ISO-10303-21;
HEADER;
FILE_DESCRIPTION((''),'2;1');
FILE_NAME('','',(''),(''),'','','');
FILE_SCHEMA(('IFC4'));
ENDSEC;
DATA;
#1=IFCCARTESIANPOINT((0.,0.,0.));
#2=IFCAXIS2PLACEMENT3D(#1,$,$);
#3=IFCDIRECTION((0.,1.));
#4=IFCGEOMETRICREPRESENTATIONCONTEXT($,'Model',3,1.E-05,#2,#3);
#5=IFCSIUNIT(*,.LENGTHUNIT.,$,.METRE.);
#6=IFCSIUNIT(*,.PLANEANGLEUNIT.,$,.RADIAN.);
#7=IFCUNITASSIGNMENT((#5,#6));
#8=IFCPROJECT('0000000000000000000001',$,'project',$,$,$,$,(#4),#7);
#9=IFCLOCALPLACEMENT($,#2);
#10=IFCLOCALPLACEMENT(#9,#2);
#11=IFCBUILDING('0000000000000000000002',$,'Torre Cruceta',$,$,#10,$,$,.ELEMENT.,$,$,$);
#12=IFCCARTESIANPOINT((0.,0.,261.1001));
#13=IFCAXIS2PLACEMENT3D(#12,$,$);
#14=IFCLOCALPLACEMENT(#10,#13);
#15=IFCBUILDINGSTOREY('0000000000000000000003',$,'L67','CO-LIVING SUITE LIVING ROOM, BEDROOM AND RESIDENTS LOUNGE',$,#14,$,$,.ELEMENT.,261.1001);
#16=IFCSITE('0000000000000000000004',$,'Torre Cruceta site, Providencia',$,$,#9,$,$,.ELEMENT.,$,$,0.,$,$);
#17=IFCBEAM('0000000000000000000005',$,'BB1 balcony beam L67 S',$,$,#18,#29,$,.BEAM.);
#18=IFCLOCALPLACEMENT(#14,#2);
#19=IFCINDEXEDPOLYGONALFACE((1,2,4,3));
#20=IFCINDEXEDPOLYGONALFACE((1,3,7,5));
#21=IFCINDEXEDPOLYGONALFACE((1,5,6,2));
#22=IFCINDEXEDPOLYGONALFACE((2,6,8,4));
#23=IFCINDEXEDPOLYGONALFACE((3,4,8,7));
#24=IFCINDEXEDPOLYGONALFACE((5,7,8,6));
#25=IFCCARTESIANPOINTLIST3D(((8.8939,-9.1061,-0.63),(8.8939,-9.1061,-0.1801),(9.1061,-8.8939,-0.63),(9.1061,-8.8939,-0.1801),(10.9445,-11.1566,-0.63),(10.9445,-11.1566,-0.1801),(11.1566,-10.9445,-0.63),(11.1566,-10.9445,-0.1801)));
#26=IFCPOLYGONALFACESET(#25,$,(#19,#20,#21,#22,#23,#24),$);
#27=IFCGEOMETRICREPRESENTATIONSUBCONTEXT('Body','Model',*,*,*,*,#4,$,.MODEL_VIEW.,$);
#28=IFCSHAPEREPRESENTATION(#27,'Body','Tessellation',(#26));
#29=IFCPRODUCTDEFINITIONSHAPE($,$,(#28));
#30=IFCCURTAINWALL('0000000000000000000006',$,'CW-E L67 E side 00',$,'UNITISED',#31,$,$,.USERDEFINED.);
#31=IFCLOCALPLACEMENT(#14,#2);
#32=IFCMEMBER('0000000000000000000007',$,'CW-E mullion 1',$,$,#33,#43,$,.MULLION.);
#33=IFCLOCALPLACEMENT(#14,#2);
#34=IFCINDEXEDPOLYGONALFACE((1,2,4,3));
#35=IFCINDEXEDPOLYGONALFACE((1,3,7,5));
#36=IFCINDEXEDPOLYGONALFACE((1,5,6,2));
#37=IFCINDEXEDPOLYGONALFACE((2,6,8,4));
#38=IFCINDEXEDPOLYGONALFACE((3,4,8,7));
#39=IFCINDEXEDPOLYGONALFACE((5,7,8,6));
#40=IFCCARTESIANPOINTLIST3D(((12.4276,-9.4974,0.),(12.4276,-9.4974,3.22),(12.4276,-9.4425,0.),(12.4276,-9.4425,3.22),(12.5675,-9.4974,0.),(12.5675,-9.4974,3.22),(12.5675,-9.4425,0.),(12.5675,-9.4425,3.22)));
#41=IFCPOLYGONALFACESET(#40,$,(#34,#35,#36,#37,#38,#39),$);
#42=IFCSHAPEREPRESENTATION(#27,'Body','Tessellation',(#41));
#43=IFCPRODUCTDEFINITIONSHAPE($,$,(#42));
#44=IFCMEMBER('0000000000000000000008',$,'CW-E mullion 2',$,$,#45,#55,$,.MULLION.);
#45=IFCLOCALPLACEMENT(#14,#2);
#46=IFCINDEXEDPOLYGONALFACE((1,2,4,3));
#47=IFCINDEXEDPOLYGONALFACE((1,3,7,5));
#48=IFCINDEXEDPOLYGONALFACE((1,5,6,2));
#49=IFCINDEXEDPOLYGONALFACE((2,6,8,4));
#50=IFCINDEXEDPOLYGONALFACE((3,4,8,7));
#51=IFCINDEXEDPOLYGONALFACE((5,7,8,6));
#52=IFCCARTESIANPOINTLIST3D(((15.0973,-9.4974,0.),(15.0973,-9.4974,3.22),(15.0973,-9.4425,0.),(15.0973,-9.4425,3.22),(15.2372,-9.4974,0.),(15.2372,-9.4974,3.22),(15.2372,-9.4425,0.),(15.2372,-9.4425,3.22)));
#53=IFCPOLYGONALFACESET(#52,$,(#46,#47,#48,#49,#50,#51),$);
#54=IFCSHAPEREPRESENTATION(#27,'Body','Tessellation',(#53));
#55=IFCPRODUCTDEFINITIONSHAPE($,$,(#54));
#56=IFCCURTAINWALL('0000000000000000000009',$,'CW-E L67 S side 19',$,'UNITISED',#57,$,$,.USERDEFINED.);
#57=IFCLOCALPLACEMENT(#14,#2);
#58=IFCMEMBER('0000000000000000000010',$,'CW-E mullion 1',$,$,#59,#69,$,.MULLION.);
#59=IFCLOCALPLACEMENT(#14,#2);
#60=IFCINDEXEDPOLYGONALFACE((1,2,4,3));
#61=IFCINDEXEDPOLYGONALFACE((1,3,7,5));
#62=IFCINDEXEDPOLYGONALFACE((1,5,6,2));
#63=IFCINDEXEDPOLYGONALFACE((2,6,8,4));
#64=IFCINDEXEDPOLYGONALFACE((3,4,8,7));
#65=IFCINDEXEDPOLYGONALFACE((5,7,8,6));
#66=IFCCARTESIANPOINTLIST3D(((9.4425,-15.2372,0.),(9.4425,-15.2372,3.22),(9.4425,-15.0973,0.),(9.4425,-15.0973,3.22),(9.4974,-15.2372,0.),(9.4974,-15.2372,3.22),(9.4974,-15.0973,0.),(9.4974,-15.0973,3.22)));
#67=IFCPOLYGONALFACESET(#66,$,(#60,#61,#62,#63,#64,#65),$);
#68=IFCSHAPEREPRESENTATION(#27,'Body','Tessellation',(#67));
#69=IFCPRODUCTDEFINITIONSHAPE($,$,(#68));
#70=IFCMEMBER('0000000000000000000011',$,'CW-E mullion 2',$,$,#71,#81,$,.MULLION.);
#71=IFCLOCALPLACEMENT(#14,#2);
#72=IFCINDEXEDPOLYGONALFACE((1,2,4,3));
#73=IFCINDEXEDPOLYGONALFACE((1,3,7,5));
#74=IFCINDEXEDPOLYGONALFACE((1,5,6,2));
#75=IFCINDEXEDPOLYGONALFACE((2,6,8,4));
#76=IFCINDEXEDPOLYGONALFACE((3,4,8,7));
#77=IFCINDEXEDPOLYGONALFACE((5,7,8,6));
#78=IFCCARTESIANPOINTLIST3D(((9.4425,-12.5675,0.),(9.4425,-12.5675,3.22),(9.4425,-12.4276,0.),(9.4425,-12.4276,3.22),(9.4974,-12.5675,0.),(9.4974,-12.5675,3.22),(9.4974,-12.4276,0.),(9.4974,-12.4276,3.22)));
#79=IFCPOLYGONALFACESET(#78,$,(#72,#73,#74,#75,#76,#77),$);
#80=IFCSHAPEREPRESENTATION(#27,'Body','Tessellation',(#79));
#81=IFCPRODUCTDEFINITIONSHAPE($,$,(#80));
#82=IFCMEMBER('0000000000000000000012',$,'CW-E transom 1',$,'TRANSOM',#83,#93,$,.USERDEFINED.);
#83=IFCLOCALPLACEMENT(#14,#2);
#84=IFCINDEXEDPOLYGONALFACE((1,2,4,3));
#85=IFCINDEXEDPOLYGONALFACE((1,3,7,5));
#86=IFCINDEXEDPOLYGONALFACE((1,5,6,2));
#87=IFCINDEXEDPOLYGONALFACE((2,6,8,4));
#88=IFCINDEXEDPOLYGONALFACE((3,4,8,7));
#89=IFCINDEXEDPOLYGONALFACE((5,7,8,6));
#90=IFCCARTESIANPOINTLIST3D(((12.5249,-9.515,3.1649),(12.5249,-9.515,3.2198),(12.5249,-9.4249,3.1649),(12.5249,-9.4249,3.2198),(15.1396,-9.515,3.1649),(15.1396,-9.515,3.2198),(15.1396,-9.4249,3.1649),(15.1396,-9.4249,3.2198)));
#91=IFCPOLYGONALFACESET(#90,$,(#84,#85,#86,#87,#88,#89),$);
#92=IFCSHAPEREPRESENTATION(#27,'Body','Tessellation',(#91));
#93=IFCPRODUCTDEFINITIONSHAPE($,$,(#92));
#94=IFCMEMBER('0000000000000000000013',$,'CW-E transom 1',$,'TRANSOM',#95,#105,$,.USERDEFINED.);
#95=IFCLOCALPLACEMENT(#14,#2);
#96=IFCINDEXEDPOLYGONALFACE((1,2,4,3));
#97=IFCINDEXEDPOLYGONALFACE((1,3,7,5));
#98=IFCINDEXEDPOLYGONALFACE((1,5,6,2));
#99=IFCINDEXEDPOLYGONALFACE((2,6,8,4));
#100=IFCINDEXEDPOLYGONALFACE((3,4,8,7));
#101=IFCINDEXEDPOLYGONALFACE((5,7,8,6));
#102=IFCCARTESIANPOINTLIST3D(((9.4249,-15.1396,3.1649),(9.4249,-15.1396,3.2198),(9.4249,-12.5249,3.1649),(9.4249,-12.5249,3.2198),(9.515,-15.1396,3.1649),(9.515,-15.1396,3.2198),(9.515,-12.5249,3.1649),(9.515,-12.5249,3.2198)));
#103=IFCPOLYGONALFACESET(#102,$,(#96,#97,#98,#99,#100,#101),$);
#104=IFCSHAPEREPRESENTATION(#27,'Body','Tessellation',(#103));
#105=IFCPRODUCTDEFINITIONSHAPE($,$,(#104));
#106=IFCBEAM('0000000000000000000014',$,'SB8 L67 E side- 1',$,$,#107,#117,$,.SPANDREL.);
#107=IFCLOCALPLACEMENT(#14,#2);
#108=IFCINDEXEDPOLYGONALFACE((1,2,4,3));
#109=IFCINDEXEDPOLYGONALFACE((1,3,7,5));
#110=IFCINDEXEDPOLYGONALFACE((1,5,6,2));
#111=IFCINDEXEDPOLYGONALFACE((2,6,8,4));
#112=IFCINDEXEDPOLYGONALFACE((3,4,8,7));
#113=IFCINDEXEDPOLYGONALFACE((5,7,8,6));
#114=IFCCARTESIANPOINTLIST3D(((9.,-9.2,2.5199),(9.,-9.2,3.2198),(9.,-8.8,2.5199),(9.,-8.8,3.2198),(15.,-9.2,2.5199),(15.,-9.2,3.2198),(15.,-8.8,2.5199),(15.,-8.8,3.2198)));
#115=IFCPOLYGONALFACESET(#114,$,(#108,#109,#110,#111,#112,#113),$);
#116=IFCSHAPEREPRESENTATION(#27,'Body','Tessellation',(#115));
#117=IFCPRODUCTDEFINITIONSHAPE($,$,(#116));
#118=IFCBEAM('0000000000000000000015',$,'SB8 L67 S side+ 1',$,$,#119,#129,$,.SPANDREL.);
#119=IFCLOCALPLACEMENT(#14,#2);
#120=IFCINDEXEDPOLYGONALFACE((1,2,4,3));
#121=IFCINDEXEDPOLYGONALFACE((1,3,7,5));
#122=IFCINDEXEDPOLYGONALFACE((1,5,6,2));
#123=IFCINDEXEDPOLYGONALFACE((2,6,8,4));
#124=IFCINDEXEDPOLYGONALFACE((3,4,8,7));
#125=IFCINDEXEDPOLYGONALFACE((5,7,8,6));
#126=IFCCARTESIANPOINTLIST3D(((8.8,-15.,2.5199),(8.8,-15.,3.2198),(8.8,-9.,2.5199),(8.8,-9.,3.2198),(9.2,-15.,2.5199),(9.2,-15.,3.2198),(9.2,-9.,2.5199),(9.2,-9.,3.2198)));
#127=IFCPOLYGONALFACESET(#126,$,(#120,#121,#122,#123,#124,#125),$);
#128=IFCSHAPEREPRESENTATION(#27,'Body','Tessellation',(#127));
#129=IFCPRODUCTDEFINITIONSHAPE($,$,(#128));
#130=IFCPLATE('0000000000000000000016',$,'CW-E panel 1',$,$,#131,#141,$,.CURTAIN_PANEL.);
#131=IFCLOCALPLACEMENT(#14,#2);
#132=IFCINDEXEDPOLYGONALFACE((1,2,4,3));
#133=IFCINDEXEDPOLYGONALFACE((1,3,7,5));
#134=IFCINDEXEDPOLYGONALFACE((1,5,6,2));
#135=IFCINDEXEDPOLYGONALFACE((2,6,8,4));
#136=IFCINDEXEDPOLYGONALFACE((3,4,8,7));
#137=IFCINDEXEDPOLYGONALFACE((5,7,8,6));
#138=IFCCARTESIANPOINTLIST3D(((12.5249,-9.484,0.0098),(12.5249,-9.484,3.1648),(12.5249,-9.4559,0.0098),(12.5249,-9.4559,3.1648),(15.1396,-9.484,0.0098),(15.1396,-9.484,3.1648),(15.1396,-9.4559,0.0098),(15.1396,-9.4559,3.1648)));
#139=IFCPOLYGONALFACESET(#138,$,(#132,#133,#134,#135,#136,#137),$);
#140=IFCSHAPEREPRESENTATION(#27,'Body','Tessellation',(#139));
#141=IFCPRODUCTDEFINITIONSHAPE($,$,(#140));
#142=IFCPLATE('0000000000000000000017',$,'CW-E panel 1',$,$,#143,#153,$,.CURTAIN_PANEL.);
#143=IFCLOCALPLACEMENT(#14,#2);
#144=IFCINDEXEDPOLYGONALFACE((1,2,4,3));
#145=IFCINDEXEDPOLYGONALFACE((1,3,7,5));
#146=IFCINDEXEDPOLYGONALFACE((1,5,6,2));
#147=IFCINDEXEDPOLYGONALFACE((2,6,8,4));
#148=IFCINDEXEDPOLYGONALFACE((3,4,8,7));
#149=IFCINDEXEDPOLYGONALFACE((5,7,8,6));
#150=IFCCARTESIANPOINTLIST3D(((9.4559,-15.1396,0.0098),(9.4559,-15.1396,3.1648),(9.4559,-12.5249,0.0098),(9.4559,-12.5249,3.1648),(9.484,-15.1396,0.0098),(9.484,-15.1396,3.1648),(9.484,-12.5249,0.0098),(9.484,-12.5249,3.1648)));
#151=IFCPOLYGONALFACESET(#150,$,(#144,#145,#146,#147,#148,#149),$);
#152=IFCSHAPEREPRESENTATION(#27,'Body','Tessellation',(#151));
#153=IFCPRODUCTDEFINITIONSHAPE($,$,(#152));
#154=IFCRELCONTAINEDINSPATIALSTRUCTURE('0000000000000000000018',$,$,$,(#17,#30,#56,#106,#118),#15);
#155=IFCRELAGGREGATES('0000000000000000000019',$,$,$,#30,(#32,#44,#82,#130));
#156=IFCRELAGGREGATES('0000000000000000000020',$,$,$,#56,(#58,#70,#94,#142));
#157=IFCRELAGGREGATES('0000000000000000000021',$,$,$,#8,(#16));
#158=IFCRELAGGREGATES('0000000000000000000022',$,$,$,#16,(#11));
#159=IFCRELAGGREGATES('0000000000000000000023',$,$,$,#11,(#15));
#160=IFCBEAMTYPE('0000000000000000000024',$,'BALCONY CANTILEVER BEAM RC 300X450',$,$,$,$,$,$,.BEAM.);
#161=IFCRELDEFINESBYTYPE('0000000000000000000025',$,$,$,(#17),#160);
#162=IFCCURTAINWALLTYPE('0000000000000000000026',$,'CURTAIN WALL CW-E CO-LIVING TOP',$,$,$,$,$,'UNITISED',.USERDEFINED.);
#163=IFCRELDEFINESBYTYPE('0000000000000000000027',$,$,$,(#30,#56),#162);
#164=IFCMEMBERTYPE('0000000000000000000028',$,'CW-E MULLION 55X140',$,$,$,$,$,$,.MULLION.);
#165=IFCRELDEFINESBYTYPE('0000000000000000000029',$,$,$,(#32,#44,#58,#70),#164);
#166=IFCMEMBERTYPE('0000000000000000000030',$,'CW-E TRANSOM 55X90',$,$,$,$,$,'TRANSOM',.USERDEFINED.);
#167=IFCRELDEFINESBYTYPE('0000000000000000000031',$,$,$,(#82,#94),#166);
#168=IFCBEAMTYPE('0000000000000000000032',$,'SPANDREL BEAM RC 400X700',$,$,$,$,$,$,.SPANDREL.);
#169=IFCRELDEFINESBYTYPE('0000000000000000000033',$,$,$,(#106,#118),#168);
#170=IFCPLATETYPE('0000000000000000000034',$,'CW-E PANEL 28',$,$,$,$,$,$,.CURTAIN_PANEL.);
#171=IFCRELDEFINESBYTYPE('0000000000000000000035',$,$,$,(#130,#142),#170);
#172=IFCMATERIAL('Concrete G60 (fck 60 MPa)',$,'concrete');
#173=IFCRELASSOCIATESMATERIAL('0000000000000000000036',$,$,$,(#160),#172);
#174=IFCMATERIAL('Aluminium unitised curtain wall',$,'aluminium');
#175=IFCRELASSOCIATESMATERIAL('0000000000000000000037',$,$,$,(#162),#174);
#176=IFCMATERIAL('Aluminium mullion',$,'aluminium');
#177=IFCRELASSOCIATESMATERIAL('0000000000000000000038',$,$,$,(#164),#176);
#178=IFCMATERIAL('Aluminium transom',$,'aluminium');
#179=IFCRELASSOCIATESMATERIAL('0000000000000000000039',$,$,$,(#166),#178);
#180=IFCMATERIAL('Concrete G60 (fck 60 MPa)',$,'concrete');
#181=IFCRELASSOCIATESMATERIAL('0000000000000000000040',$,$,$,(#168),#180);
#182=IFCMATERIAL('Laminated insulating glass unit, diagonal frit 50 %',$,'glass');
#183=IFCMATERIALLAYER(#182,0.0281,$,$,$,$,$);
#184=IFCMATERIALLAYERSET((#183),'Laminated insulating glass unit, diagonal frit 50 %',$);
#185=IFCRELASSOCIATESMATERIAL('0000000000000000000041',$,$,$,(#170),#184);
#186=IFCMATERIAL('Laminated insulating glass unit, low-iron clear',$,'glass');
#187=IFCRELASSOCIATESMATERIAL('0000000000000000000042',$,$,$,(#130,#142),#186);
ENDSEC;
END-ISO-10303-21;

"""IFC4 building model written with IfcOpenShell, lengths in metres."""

from ifc_helpers import new_model, si_unit, direction, frame, origin, origin_2d, place, context, subcontext, project, spatial, rectangle, extrude, material, layer, layer_set, material_profile, profile_set, type_object, element, aggregate, save


model = new_model("IFC4")

# Units and contexts
model_context = context("Model", 3, precision=1e-05, world=origin(), true_north=direction((0.0, 1.0)))
body_context = subcontext(model_context, "Body", "Model", "MODEL_VIEW")
ifc_project = project(units=[si_unit("LENGTHUNIT", "METRE"), si_unit("PLANEANGLEUNIT", "RADIAN")], contexts=[model_context])

# Site, building, storey
site_placement = place(None, origin())
site = spatial("IfcSite", under=ifc_project, at=site_placement, Name="Torre Cruceta site, Providencia", CompositionType="ELEMENT", RefElevation=0.0)
building_placement = place(site_placement, origin())
building = spatial("IfcBuilding", under=site, at=building_placement, Name="Torre Cruceta", CompositionType="ELEMENT")
storey_placement = place(building_placement, frame((0.0, 0.0, 261.1001)))
storey = spatial("IfcBuildingStorey", under=building, at=storey_placement, Name="L67", Description="CO-LIVING SUITE LIVING ROOM, BEDROOM AND RESIDENTS LOUNGE", CompositionType="ELEMENT", Elevation=261.1001)

# Beam
ifc_material_1 = material(Name="Concrete G60 (fck 60 MPa)", Category="concrete")
ifc_material_profile_1 = material_profile(ifc_material_1, rectangle(XDim=0.3, YDim=0.45, at=origin_2d()), Name="RC 300X450")
ifc_profile_set_1 = profile_set([ifc_material_profile_1], Name="Concrete G60 (fck 60 MPa)")
beam_type_1 = type_object("IfcBeamType", Name="BALCONY CANTILEVER BEAM RC 300X450", PredefinedType="BEAM", material=ifc_profile_set_1)
beam_placement = place(storey_placement, frame((9.0, -9.0, -0.405), z_axis=(0.707107, -0.707107, 0.0), x_axis=(0.707107, 0.707107, 0.0)))
element("IfcBeam", 1, at=beam_placement, inside=storey, type_object=beam_type_1, Name="BB1 balcony beam L67 S", PredefinedType="BEAM", context=body_context, shape_type="SweptSolid", body=[
    extrude(rectangle(XDim=0.3, YDim=0.45, at=origin_2d()), origin(), (0.0, 0.0, 1.0), 2.8999),
])

# Curtain walls, members
ifc_material_2 = material(Name="Aluminium unitised curtain wall", Category="aluminium")
curtain_wall_type = type_object("IfcCurtainWallType", Name="CURTAIN WALL CW-E CO-LIVING TOP", ElementType="UNITISED", PredefinedType="USERDEFINED", material=ifc_material_2)
curtain_wall_1_placement = place(storey_placement, origin())
curtain_wall_1 = element("IfcCurtainWall", 2, at=curtain_wall_1_placement, inside=storey, type_object=curtain_wall_type, Name="CW-E L67 E side 00", ObjectType="UNITISED", PredefinedType="USERDEFINED")
ifc_material_3 = material(Name="Aluminium mullion", Category="aluminium")
ifc_material_profile_2 = material_profile(ifc_material_3, rectangle(XDim=0.0549, YDim=0.1399, at=origin_2d()), Name="AL 55X140")
ifc_profile_set_2 = profile_set([ifc_material_profile_2], Name="Aluminium mullion")
member_type_1 = type_object("IfcMemberType", Name="CW-E MULLION 55X140", PredefinedType="MULLION", material=ifc_profile_set_2)
member_1_placement = place(storey_placement, frame((12.4976, -9.47, 0.0), z_axis=(0.0, 0.0, 1.0), x_axis=(0.0, 1.0, 0.0)))
member_1 = element("IfcMember", 3, at=member_1_placement, type_object=member_type_1, Name="CW-E mullion 1", PredefinedType="MULLION", context=body_context, shape_type="SweptSolid", body=[
    extrude(rectangle(XDim=0.0549, YDim=0.1399, at=origin_2d()), origin(), (0.0, 0.0, 1.0), 3.22),
])
member_2_placement = place(storey_placement, frame((15.1672, -9.47, 0.0), z_axis=(0.0, 0.0, 1.0), x_axis=(0.0, 1.0, 0.0)))
member_2 = element("IfcMember", 4, at=member_2_placement, type_object=member_type_1, Name="CW-E mullion 2", PredefinedType="MULLION", context=body_context, shape_type="SweptSolid", body=[
    extrude(rectangle(XDim=0.0549, YDim=0.1399, at=origin_2d()), origin(), (0.0, 0.0, 1.0), 3.22),
])
curtain_wall_2_placement = place(storey_placement, origin())
curtain_wall_2 = element("IfcCurtainWall", 5, at=curtain_wall_2_placement, inside=storey, type_object=curtain_wall_type, Name="CW-E L67 S side 19", ObjectType="UNITISED", PredefinedType="USERDEFINED")
member_3_placement = place(storey_placement, frame((9.47, -15.1672, 0.0), z_axis=(0.0, 0.0, 1.0), x_axis=(-1.0, 0.0, 0.0)))
member_3 = element("IfcMember", 6, at=member_3_placement, type_object=member_type_1, Name="CW-E mullion 1", PredefinedType="MULLION", context=body_context, shape_type="SweptSolid", body=[
    extrude(rectangle(XDim=0.0549, YDim=0.1399, at=origin_2d()), origin(), (0.0, 0.0, 1.0), 3.22),
])
member_4_placement = place(storey_placement, frame((9.47, -12.4976, 0.0), z_axis=(0.0, 0.0, 1.0), x_axis=(-1.0, 0.0, 0.0)))
member_4 = element("IfcMember", 7, at=member_4_placement, type_object=member_type_1, Name="CW-E mullion 2", PredefinedType="MULLION", context=body_context, shape_type="SweptSolid", body=[
    extrude(rectangle(XDim=0.0549, YDim=0.1399, at=origin_2d()), origin(), (0.0, 0.0, 1.0), 3.22),
])

# Members
ifc_material_4 = material(Name="Aluminium transom", Category="aluminium")
ifc_material_profile_3 = material_profile(ifc_material_4, rectangle(XDim=0.0901, YDim=0.0549, at=origin_2d()), Name="AL 90X55")
ifc_profile_set_3 = profile_set([ifc_material_profile_3], Name="Aluminium transom")
member_type_2 = type_object("IfcMemberType", Name="CW-E TRANSOM 55X90", ElementType="TRANSOM", PredefinedType="USERDEFINED", material=ifc_profile_set_3)
member_5_placement = place(storey_placement, frame((12.5249, -9.47, 3.1924), z_axis=(1.0, 0.0, 0.0), x_axis=(0.0, 1.0, 0.0)))
member_5 = element("IfcMember", 8, at=member_5_placement, type_object=member_type_2, Name="CW-E transom 1", ObjectType="TRANSOM", PredefinedType="USERDEFINED", context=body_context, shape_type="SweptSolid", body=[
    extrude(rectangle(XDim=0.0901, YDim=0.0549, at=origin_2d()), origin(), (0.0, 0.0, 1.0), 2.6147),
])
member_6_placement = place(storey_placement, frame((9.47, -15.1396, 3.1924), z_axis=(0.0, 1.0, 0.0), x_axis=(-1.0, 0.0, 0.0)))
member_6 = element("IfcMember", 9, at=member_6_placement, type_object=member_type_2, Name="CW-E transom 1", ObjectType="TRANSOM", PredefinedType="USERDEFINED", context=body_context, shape_type="SweptSolid", body=[
    extrude(rectangle(XDim=0.0901, YDim=0.0549, at=origin_2d()), origin(), (0.0, 0.0, 1.0), 2.6147),
])

# Beams
ifc_material_5 = material(Name="Concrete G60 (fck 60 MPa)", Category="concrete")
ifc_material_profile_4 = material_profile(ifc_material_5, rectangle(XDim=0.3999, YDim=0.7, at=origin_2d()), Name="RC 400X700")
ifc_profile_set_4 = profile_set([ifc_material_profile_4], Name="Concrete G60 (fck 60 MPa)")
beam_type_2 = type_object("IfcBeamType", Name="SPANDREL BEAM RC 400X700", PredefinedType="SPANDREL", material=ifc_profile_set_4)
for number, where, z_axis, x_axis, name in (
    (10, (9.0, -9.0, 2.8699), (1.0, 0.0, 0.0), (0.0, 1.0, 0.0), "SB8 L67 E side- 1"),
    (11, (9.0, -9.0, 2.8699), (0.0, -1.0, 0.0), (1.0, 0.0, 0.0), "SB8 L67 S side+ 1"),
):
    element("IfcBeam", number, at=place(storey_placement, frame(where, z_axis=z_axis, x_axis=x_axis)), inside=storey, type_object=beam_type_2, Name=name, PredefinedType="SPANDREL", context=body_context, shape_type="SweptSolid", body=[
        extrude(rectangle(XDim=0.3999, YDim=0.7, at=origin_2d()), origin(), (0.0, 0.0, 1.0), 6.0),
    ])

# Plates
ifc_material_6 = material(Name="Laminated insulating glass unit, low-iron clear", Category="glass")
ifc_material_7 = material(Name="Laminated insulating glass unit, diagonal frit 50 %", Category="glass")
ifc_layer_1 = layer(ifc_material_7, 0.0281)
ifc_layer_set_1 = layer_set([ifc_layer_1], Name="Laminated insulating glass unit, diagonal frit 50 %")
plate_type = type_object("IfcPlateType", Name="CW-E PANEL 28", PredefinedType="CURTAIN_PANEL", material=ifc_layer_set_1)
plate_1_placement = place(storey_placement, frame((13.8323, -9.47, 0.0098), z_axis=(0.0, 0.0, 1.0), x_axis=(1.0, 0.0, 0.0)))
plate_1 = element("IfcPlate", 12, at=plate_1_placement, type_object=plate_type, material=ifc_material_6, Name="CW-E panel 1", PredefinedType="CURTAIN_PANEL", context=body_context, shape_type="SweptSolid", body=[
    extrude(rectangle(XDim=2.6147, YDim=0.0281, at=origin_2d()), origin(), (0.0, 0.0, 1.0), 3.155),
])
aggregate(curtain_wall_1, [member_1, member_2, member_5, plate_1])
plate_2_placement = place(storey_placement, frame((9.47, -13.8323, 0.0098), z_axis=(0.0, 0.0, 1.0), x_axis=(0.0, 1.0, 0.0)))
plate_2 = element("IfcPlate", 13, at=plate_2_placement, type_object=plate_type, material=ifc_material_6, Name="CW-E panel 1", PredefinedType="CURTAIN_PANEL", context=body_context, shape_type="SweptSolid", body=[
    extrude(rectangle(XDim=2.6147, YDim=0.0281, at=origin_2d()), origin(), (0.0, 0.0, 1.0), 3.155),
])
aggregate(curtain_wall_2, [member_3, member_4, member_6, plate_2])

save(model, "model.ifc")
